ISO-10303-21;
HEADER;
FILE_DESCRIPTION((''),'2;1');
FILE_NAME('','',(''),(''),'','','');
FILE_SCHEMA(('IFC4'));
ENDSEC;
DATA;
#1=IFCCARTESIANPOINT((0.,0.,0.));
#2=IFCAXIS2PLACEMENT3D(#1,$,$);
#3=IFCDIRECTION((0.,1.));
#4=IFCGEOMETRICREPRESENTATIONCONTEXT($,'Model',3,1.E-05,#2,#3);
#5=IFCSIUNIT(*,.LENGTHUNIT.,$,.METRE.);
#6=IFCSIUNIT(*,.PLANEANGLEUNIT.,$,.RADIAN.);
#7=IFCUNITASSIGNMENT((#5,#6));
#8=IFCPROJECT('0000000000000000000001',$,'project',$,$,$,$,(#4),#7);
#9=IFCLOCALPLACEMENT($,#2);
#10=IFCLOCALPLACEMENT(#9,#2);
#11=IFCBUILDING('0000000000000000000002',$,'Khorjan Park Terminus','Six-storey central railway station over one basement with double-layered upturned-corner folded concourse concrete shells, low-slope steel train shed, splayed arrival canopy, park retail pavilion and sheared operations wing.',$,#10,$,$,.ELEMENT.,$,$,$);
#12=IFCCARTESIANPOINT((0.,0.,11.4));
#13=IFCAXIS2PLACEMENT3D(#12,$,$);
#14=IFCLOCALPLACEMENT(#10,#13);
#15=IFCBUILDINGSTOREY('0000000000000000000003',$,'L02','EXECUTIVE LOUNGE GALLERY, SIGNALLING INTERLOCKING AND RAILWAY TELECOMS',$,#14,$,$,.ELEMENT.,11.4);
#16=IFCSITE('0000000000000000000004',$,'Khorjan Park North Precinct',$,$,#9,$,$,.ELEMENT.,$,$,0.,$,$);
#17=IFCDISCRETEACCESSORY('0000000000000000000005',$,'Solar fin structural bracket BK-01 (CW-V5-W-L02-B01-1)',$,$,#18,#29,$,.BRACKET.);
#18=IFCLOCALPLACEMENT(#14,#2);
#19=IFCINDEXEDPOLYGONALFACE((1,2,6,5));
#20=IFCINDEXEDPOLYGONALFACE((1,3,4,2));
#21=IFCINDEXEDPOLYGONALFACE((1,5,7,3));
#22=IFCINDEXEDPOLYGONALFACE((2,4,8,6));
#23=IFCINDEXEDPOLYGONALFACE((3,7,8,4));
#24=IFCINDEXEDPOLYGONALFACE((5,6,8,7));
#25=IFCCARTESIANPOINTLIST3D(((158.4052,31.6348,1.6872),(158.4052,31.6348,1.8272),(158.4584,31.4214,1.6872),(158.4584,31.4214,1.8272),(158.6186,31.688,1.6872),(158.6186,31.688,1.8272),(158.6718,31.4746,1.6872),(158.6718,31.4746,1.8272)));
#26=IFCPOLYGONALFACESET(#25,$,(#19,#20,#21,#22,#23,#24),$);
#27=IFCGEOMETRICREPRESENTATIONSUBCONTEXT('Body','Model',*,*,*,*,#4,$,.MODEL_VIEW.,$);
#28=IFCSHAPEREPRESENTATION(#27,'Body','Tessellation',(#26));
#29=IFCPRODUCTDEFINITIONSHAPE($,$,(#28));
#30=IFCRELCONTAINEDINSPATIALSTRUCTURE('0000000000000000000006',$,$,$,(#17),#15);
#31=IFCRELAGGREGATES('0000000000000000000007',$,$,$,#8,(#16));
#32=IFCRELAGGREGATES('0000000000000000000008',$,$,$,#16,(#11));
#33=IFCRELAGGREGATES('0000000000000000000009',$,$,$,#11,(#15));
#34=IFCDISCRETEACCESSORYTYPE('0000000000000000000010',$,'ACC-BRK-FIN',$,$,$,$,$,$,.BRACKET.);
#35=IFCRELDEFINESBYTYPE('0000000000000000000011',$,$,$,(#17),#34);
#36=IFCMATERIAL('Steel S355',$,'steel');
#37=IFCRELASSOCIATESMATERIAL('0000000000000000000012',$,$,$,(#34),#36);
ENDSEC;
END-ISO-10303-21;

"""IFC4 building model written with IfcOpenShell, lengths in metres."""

from ifc_helpers import new_model, si_unit, direction, frame, origin, origin_2d, place, context, subcontext, project, spatial, rectangle, extrude, material, type_object, element, save


model = new_model("IFC4")

# Units and contexts
model_context = context("Model", 3, precision=1e-05, world=origin(), true_north=direction((0.0, 1.0)))
body_context = subcontext(model_context, "Body", "Model", "MODEL_VIEW")
ifc_project = project(units=[si_unit("LENGTHUNIT", "METRE"), si_unit("PLANEANGLEUNIT", "RADIAN")], contexts=[model_context])

# Site, building, storey
site_placement = place(None, origin())
site = spatial("IfcSite", under=ifc_project, at=site_placement, Name="Khorjan Park North Precinct", CompositionType="ELEMENT", RefElevation=0.0)
building_placement = place(site_placement, origin())
building = spatial("IfcBuilding", under=site, at=building_placement, Name="Khorjan Park Terminus", Description="Six-storey central railway station over one basement with double-layered upturned-corner folded concourse concrete shells, low-slope steel train shed, splayed arrival canopy, park retail pavilion and sheared operations wing.", CompositionType="ELEMENT")
storey_placement = place(building_placement, frame((0.0, 0.0, 11.4)))
storey = spatial("IfcBuildingStorey", under=building, at=storey_placement, Name="L02", Description="EXECUTIVE LOUNGE GALLERY, SIGNALLING INTERLOCKING AND RAILWAY TELECOMS", CompositionType="ELEMENT", Elevation=11.4)

# Shared definitions
ifc_material_1 = material(Name="Steel S355", Category="steel")

# Discrete accessory
discrete_accessory_type = type_object("IfcDiscreteAccessoryType", Name="ACC-BRK-FIN", PredefinedType="BRACKET", material=ifc_material_1)
discrete_accessory_placement = place(storey_placement, frame((158.5385, 31.5547, 1.6872), z_axis=(0.0, 0.0, 1.0), x_axis=(0.241915, -0.970297, 0.0)))
element("IfcDiscreteAccessory", 1, at=discrete_accessory_placement, inside=storey, type_object=discrete_accessory_type, Name="Solar fin structural bracket BK-01 (CW-V5-W-L02-B01-1)", PredefinedType="BRACKET", context=body_context, shape_type="SweptSolid", body=[
    extrude(rectangle(XDim=0.22, YDim=0.22, at=origin_2d()), origin(), (0.0, 0.0, 1.0), 0.14),
])

save(model, "model.ifc")
